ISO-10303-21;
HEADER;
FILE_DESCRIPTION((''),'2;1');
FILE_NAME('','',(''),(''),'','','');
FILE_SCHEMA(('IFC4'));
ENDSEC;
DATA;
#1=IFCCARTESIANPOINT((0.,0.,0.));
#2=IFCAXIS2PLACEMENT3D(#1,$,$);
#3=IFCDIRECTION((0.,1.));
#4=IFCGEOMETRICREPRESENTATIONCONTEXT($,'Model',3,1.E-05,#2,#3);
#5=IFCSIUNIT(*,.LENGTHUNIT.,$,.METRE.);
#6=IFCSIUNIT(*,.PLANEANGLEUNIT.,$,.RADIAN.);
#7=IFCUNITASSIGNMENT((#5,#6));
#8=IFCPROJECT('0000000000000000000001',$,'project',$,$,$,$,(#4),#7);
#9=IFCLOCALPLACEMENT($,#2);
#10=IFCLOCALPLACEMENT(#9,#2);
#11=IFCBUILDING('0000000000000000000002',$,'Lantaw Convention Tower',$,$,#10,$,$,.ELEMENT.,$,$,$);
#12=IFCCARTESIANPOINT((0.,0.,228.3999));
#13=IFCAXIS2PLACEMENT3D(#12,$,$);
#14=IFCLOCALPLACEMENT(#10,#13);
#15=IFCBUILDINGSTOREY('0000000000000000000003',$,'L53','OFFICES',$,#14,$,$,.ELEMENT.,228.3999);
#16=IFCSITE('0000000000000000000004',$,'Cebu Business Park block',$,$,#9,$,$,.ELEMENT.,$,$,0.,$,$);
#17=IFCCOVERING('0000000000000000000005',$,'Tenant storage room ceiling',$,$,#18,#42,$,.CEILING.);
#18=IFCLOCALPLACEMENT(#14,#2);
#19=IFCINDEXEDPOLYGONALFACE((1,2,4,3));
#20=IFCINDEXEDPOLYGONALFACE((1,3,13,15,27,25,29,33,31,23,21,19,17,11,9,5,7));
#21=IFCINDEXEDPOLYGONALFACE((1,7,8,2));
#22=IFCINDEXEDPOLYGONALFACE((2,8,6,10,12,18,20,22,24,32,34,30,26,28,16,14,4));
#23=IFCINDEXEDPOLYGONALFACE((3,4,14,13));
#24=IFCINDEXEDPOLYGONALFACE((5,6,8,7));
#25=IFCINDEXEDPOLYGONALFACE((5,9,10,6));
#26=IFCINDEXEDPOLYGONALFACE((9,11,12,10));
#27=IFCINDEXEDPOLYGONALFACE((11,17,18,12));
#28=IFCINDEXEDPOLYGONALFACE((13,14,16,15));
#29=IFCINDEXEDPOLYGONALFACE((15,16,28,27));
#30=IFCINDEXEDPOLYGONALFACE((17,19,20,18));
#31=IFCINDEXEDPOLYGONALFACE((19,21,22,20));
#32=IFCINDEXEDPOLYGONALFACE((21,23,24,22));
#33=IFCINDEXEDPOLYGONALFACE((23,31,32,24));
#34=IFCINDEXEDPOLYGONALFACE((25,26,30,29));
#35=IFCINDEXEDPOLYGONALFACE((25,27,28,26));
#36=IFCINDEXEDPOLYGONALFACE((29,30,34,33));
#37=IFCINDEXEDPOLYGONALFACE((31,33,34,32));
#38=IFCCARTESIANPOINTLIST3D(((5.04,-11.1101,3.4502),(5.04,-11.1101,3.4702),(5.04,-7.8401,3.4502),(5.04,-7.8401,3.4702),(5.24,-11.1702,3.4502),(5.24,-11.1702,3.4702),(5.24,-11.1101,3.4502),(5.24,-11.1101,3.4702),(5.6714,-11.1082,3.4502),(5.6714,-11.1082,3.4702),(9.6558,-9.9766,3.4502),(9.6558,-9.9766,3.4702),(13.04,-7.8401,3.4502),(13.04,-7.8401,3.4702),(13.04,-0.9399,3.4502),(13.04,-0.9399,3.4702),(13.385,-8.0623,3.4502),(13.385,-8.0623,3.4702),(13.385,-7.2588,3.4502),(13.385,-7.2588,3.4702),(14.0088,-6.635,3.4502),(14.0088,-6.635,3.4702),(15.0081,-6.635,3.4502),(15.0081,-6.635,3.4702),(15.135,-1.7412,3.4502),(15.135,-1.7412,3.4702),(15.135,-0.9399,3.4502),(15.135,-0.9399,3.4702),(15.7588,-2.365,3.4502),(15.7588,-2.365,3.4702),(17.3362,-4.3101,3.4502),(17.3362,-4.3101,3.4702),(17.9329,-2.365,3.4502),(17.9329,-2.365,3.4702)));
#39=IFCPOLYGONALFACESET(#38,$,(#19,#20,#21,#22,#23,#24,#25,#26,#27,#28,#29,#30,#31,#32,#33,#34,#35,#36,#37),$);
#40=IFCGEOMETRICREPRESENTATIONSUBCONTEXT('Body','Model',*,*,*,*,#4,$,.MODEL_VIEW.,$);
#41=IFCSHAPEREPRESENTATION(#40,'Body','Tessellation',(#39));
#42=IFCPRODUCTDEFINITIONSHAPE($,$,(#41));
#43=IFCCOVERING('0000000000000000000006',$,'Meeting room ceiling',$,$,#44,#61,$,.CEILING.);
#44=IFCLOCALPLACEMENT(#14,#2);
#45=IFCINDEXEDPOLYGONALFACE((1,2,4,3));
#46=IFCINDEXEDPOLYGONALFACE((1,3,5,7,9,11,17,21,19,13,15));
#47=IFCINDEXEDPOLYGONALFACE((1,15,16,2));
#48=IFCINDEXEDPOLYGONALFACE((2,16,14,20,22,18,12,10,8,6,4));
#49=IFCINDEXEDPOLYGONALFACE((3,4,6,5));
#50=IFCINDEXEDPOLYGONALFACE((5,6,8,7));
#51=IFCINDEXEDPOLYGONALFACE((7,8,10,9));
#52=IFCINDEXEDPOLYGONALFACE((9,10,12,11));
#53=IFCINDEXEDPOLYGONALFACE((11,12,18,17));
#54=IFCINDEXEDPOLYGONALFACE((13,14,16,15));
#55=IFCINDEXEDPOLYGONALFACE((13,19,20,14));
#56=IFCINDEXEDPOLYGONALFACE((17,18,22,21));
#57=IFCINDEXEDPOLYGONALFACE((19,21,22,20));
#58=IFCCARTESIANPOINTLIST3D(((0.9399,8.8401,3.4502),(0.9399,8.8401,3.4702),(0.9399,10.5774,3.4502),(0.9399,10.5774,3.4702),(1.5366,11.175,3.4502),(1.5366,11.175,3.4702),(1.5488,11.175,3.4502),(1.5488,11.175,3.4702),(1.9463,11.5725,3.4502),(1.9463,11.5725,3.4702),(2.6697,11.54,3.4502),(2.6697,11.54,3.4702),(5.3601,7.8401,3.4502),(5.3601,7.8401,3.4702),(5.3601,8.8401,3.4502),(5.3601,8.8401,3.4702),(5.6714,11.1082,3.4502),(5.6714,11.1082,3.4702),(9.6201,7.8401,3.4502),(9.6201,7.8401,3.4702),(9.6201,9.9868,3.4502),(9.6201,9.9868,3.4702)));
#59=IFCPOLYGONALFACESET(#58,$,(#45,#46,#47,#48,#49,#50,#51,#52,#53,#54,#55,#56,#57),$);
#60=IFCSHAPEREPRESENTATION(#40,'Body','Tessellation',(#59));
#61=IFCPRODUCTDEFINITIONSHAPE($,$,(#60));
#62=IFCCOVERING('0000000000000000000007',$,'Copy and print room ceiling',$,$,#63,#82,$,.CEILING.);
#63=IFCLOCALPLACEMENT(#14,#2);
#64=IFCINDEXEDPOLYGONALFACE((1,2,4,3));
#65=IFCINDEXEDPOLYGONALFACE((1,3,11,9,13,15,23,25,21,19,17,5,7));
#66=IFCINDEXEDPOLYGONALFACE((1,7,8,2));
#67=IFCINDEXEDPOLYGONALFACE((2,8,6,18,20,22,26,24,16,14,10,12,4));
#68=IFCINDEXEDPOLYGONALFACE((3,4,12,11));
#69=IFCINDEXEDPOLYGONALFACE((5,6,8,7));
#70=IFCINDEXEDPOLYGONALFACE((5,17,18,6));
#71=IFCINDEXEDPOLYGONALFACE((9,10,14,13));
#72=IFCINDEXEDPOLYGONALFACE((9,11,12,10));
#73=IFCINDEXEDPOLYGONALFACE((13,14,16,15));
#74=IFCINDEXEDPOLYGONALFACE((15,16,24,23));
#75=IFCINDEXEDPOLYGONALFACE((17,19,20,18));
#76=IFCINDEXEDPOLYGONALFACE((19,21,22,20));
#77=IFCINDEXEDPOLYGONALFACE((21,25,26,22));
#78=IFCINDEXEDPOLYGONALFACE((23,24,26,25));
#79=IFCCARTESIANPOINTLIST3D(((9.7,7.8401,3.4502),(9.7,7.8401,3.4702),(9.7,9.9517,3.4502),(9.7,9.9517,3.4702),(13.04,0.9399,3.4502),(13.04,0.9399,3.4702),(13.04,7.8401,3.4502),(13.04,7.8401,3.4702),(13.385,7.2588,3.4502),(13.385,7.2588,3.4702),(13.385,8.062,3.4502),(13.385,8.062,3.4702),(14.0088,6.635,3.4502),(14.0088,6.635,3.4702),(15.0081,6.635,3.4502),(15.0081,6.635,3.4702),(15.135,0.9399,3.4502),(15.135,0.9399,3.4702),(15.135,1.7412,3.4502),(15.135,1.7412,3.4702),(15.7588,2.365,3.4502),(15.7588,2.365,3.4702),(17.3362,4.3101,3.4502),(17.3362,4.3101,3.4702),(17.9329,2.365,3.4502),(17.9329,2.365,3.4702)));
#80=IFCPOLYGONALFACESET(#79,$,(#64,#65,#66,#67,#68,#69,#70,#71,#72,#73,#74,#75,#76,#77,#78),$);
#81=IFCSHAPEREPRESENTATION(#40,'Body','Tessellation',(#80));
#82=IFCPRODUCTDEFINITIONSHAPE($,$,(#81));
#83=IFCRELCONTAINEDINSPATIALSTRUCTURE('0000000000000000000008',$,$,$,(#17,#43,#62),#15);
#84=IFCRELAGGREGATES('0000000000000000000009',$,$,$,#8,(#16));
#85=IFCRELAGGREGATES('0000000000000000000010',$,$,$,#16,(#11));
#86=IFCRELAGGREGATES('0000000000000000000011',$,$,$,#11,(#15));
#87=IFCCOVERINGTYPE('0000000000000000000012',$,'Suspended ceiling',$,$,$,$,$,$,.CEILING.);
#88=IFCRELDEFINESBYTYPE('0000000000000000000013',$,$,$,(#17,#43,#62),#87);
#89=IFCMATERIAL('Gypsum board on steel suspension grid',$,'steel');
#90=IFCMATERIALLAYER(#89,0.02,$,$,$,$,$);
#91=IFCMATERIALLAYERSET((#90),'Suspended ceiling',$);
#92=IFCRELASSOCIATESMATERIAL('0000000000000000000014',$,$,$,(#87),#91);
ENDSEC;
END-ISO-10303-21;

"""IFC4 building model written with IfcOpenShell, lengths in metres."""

from ifc_helpers import new_model, si_unit, direction, frame, origin, place, context, subcontext, project, spatial, polyline, outline, extrude, material, layer, layer_set, type_object, element, save


model = new_model("IFC4")

# Units and contexts
model_context = context("Model", 3, precision=1e-05, world=origin(), true_north=direction((0.0, 1.0)))
body_context = subcontext(model_context, "Body", "Model", "MODEL_VIEW")
ifc_project = project(units=[si_unit("LENGTHUNIT", "METRE"), si_unit("PLANEANGLEUNIT", "RADIAN")], contexts=[model_context])

# Site, building, storey
site_placement = place(None, origin())
site = spatial("IfcSite", under=ifc_project, at=site_placement, Name="Cebu Business Park block", CompositionType="ELEMENT", RefElevation=0.0)
building_placement = place(site_placement, origin())
building = spatial("IfcBuilding", under=site, at=building_placement, Name="Lantaw Convention Tower", CompositionType="ELEMENT")
storey_placement = place(building_placement, frame((0.0, 0.0, 228.3999)))
storey = spatial("IfcBuildingStorey", under=building, at=storey_placement, Name="L53", Description="OFFICES", CompositionType="ELEMENT", Elevation=228.3999)

# Coverings
ifc_material_1 = material(Name="Gypsum board on steel suspension grid", Category="steel")
ifc_layer_1 = layer(ifc_material_1, 0.02)
ifc_layer_set_1 = layer_set([ifc_layer_1], Name="Suspended ceiling")
covering_type = type_object("IfcCoveringType", Name="Suspended ceiling", PredefinedType="CEILING", material=ifc_layer_set_1)
covering_1_placement = place(storey_placement, frame((0.0, 0.0, 3.4502)))
element("IfcCovering", 1, at=covering_1_placement, inside=storey, type_object=covering_type, Name="Tenant storage room ceiling", PredefinedType="CEILING", context=body_context, shape_type="SweptSolid", body=[
    extrude(outline(polyline([(13.04, -0.9399), (13.04, -7.8401), (5.04, -7.8401), (5.04, -11.1101), (5.24, -11.1101), (5.24, -11.1702), (5.6714, -11.1082), (9.6558, -9.9766), (13.385, -8.0623), (13.385, -7.2588), (14.0088, -6.635), (15.0081, -6.635), (17.3362, -4.3101), (17.9329, -2.365), (15.7588, -2.365), (15.135, -1.7412), (15.135, -0.9399), (13.04, -0.9399)])), origin(), (0.0, 0.0, 1.0), 0.02),
])
covering_2_placement = place(storey_placement, frame((0.0, 0.0, 3.4502)))
element("IfcCovering", 2, at=covering_2_placement, inside=storey, type_object=covering_type, Name="Meeting room ceiling", PredefinedType="CEILING", context=body_context, shape_type="SweptSolid", body=[
    extrude(outline(polyline([(0.9399, 8.8401), (5.3601, 8.8401), (5.3601, 7.8401), (9.6201, 7.8401), (9.6201, 9.9868), (5.6714, 11.1082), (2.6697, 11.54), (1.9463, 11.5725), (1.5488, 11.175), (1.5366, 11.175), (0.9399, 10.5774), (0.9399, 8.8401)])), origin(), (0.0, 0.0, 1.0), 0.02),
])
covering_3_placement = place(storey_placement, frame((0.0, 0.0, 3.4502)))
element("IfcCovering", 3, at=covering_3_placement, inside=storey, type_object=covering_type, Name="Copy and print room ceiling", PredefinedType="CEILING", context=body_context, shape_type="SweptSolid", body=[
    extrude(outline(polyline([(13.385, 8.062), (9.7, 9.9517), (9.7, 7.8401), (13.04, 7.8401), (13.04, 0.9399), (15.135, 0.9399), (15.135, 1.7412), (15.7588, 2.365), (17.9329, 2.365), (17.3362, 4.3101), (15.0081, 6.635), (14.0088, 6.635), (13.385, 7.2588), (13.385, 8.062)])), origin(), (0.0, 0.0, 1.0), 0.02),
])

save(model, "model.ifc")
